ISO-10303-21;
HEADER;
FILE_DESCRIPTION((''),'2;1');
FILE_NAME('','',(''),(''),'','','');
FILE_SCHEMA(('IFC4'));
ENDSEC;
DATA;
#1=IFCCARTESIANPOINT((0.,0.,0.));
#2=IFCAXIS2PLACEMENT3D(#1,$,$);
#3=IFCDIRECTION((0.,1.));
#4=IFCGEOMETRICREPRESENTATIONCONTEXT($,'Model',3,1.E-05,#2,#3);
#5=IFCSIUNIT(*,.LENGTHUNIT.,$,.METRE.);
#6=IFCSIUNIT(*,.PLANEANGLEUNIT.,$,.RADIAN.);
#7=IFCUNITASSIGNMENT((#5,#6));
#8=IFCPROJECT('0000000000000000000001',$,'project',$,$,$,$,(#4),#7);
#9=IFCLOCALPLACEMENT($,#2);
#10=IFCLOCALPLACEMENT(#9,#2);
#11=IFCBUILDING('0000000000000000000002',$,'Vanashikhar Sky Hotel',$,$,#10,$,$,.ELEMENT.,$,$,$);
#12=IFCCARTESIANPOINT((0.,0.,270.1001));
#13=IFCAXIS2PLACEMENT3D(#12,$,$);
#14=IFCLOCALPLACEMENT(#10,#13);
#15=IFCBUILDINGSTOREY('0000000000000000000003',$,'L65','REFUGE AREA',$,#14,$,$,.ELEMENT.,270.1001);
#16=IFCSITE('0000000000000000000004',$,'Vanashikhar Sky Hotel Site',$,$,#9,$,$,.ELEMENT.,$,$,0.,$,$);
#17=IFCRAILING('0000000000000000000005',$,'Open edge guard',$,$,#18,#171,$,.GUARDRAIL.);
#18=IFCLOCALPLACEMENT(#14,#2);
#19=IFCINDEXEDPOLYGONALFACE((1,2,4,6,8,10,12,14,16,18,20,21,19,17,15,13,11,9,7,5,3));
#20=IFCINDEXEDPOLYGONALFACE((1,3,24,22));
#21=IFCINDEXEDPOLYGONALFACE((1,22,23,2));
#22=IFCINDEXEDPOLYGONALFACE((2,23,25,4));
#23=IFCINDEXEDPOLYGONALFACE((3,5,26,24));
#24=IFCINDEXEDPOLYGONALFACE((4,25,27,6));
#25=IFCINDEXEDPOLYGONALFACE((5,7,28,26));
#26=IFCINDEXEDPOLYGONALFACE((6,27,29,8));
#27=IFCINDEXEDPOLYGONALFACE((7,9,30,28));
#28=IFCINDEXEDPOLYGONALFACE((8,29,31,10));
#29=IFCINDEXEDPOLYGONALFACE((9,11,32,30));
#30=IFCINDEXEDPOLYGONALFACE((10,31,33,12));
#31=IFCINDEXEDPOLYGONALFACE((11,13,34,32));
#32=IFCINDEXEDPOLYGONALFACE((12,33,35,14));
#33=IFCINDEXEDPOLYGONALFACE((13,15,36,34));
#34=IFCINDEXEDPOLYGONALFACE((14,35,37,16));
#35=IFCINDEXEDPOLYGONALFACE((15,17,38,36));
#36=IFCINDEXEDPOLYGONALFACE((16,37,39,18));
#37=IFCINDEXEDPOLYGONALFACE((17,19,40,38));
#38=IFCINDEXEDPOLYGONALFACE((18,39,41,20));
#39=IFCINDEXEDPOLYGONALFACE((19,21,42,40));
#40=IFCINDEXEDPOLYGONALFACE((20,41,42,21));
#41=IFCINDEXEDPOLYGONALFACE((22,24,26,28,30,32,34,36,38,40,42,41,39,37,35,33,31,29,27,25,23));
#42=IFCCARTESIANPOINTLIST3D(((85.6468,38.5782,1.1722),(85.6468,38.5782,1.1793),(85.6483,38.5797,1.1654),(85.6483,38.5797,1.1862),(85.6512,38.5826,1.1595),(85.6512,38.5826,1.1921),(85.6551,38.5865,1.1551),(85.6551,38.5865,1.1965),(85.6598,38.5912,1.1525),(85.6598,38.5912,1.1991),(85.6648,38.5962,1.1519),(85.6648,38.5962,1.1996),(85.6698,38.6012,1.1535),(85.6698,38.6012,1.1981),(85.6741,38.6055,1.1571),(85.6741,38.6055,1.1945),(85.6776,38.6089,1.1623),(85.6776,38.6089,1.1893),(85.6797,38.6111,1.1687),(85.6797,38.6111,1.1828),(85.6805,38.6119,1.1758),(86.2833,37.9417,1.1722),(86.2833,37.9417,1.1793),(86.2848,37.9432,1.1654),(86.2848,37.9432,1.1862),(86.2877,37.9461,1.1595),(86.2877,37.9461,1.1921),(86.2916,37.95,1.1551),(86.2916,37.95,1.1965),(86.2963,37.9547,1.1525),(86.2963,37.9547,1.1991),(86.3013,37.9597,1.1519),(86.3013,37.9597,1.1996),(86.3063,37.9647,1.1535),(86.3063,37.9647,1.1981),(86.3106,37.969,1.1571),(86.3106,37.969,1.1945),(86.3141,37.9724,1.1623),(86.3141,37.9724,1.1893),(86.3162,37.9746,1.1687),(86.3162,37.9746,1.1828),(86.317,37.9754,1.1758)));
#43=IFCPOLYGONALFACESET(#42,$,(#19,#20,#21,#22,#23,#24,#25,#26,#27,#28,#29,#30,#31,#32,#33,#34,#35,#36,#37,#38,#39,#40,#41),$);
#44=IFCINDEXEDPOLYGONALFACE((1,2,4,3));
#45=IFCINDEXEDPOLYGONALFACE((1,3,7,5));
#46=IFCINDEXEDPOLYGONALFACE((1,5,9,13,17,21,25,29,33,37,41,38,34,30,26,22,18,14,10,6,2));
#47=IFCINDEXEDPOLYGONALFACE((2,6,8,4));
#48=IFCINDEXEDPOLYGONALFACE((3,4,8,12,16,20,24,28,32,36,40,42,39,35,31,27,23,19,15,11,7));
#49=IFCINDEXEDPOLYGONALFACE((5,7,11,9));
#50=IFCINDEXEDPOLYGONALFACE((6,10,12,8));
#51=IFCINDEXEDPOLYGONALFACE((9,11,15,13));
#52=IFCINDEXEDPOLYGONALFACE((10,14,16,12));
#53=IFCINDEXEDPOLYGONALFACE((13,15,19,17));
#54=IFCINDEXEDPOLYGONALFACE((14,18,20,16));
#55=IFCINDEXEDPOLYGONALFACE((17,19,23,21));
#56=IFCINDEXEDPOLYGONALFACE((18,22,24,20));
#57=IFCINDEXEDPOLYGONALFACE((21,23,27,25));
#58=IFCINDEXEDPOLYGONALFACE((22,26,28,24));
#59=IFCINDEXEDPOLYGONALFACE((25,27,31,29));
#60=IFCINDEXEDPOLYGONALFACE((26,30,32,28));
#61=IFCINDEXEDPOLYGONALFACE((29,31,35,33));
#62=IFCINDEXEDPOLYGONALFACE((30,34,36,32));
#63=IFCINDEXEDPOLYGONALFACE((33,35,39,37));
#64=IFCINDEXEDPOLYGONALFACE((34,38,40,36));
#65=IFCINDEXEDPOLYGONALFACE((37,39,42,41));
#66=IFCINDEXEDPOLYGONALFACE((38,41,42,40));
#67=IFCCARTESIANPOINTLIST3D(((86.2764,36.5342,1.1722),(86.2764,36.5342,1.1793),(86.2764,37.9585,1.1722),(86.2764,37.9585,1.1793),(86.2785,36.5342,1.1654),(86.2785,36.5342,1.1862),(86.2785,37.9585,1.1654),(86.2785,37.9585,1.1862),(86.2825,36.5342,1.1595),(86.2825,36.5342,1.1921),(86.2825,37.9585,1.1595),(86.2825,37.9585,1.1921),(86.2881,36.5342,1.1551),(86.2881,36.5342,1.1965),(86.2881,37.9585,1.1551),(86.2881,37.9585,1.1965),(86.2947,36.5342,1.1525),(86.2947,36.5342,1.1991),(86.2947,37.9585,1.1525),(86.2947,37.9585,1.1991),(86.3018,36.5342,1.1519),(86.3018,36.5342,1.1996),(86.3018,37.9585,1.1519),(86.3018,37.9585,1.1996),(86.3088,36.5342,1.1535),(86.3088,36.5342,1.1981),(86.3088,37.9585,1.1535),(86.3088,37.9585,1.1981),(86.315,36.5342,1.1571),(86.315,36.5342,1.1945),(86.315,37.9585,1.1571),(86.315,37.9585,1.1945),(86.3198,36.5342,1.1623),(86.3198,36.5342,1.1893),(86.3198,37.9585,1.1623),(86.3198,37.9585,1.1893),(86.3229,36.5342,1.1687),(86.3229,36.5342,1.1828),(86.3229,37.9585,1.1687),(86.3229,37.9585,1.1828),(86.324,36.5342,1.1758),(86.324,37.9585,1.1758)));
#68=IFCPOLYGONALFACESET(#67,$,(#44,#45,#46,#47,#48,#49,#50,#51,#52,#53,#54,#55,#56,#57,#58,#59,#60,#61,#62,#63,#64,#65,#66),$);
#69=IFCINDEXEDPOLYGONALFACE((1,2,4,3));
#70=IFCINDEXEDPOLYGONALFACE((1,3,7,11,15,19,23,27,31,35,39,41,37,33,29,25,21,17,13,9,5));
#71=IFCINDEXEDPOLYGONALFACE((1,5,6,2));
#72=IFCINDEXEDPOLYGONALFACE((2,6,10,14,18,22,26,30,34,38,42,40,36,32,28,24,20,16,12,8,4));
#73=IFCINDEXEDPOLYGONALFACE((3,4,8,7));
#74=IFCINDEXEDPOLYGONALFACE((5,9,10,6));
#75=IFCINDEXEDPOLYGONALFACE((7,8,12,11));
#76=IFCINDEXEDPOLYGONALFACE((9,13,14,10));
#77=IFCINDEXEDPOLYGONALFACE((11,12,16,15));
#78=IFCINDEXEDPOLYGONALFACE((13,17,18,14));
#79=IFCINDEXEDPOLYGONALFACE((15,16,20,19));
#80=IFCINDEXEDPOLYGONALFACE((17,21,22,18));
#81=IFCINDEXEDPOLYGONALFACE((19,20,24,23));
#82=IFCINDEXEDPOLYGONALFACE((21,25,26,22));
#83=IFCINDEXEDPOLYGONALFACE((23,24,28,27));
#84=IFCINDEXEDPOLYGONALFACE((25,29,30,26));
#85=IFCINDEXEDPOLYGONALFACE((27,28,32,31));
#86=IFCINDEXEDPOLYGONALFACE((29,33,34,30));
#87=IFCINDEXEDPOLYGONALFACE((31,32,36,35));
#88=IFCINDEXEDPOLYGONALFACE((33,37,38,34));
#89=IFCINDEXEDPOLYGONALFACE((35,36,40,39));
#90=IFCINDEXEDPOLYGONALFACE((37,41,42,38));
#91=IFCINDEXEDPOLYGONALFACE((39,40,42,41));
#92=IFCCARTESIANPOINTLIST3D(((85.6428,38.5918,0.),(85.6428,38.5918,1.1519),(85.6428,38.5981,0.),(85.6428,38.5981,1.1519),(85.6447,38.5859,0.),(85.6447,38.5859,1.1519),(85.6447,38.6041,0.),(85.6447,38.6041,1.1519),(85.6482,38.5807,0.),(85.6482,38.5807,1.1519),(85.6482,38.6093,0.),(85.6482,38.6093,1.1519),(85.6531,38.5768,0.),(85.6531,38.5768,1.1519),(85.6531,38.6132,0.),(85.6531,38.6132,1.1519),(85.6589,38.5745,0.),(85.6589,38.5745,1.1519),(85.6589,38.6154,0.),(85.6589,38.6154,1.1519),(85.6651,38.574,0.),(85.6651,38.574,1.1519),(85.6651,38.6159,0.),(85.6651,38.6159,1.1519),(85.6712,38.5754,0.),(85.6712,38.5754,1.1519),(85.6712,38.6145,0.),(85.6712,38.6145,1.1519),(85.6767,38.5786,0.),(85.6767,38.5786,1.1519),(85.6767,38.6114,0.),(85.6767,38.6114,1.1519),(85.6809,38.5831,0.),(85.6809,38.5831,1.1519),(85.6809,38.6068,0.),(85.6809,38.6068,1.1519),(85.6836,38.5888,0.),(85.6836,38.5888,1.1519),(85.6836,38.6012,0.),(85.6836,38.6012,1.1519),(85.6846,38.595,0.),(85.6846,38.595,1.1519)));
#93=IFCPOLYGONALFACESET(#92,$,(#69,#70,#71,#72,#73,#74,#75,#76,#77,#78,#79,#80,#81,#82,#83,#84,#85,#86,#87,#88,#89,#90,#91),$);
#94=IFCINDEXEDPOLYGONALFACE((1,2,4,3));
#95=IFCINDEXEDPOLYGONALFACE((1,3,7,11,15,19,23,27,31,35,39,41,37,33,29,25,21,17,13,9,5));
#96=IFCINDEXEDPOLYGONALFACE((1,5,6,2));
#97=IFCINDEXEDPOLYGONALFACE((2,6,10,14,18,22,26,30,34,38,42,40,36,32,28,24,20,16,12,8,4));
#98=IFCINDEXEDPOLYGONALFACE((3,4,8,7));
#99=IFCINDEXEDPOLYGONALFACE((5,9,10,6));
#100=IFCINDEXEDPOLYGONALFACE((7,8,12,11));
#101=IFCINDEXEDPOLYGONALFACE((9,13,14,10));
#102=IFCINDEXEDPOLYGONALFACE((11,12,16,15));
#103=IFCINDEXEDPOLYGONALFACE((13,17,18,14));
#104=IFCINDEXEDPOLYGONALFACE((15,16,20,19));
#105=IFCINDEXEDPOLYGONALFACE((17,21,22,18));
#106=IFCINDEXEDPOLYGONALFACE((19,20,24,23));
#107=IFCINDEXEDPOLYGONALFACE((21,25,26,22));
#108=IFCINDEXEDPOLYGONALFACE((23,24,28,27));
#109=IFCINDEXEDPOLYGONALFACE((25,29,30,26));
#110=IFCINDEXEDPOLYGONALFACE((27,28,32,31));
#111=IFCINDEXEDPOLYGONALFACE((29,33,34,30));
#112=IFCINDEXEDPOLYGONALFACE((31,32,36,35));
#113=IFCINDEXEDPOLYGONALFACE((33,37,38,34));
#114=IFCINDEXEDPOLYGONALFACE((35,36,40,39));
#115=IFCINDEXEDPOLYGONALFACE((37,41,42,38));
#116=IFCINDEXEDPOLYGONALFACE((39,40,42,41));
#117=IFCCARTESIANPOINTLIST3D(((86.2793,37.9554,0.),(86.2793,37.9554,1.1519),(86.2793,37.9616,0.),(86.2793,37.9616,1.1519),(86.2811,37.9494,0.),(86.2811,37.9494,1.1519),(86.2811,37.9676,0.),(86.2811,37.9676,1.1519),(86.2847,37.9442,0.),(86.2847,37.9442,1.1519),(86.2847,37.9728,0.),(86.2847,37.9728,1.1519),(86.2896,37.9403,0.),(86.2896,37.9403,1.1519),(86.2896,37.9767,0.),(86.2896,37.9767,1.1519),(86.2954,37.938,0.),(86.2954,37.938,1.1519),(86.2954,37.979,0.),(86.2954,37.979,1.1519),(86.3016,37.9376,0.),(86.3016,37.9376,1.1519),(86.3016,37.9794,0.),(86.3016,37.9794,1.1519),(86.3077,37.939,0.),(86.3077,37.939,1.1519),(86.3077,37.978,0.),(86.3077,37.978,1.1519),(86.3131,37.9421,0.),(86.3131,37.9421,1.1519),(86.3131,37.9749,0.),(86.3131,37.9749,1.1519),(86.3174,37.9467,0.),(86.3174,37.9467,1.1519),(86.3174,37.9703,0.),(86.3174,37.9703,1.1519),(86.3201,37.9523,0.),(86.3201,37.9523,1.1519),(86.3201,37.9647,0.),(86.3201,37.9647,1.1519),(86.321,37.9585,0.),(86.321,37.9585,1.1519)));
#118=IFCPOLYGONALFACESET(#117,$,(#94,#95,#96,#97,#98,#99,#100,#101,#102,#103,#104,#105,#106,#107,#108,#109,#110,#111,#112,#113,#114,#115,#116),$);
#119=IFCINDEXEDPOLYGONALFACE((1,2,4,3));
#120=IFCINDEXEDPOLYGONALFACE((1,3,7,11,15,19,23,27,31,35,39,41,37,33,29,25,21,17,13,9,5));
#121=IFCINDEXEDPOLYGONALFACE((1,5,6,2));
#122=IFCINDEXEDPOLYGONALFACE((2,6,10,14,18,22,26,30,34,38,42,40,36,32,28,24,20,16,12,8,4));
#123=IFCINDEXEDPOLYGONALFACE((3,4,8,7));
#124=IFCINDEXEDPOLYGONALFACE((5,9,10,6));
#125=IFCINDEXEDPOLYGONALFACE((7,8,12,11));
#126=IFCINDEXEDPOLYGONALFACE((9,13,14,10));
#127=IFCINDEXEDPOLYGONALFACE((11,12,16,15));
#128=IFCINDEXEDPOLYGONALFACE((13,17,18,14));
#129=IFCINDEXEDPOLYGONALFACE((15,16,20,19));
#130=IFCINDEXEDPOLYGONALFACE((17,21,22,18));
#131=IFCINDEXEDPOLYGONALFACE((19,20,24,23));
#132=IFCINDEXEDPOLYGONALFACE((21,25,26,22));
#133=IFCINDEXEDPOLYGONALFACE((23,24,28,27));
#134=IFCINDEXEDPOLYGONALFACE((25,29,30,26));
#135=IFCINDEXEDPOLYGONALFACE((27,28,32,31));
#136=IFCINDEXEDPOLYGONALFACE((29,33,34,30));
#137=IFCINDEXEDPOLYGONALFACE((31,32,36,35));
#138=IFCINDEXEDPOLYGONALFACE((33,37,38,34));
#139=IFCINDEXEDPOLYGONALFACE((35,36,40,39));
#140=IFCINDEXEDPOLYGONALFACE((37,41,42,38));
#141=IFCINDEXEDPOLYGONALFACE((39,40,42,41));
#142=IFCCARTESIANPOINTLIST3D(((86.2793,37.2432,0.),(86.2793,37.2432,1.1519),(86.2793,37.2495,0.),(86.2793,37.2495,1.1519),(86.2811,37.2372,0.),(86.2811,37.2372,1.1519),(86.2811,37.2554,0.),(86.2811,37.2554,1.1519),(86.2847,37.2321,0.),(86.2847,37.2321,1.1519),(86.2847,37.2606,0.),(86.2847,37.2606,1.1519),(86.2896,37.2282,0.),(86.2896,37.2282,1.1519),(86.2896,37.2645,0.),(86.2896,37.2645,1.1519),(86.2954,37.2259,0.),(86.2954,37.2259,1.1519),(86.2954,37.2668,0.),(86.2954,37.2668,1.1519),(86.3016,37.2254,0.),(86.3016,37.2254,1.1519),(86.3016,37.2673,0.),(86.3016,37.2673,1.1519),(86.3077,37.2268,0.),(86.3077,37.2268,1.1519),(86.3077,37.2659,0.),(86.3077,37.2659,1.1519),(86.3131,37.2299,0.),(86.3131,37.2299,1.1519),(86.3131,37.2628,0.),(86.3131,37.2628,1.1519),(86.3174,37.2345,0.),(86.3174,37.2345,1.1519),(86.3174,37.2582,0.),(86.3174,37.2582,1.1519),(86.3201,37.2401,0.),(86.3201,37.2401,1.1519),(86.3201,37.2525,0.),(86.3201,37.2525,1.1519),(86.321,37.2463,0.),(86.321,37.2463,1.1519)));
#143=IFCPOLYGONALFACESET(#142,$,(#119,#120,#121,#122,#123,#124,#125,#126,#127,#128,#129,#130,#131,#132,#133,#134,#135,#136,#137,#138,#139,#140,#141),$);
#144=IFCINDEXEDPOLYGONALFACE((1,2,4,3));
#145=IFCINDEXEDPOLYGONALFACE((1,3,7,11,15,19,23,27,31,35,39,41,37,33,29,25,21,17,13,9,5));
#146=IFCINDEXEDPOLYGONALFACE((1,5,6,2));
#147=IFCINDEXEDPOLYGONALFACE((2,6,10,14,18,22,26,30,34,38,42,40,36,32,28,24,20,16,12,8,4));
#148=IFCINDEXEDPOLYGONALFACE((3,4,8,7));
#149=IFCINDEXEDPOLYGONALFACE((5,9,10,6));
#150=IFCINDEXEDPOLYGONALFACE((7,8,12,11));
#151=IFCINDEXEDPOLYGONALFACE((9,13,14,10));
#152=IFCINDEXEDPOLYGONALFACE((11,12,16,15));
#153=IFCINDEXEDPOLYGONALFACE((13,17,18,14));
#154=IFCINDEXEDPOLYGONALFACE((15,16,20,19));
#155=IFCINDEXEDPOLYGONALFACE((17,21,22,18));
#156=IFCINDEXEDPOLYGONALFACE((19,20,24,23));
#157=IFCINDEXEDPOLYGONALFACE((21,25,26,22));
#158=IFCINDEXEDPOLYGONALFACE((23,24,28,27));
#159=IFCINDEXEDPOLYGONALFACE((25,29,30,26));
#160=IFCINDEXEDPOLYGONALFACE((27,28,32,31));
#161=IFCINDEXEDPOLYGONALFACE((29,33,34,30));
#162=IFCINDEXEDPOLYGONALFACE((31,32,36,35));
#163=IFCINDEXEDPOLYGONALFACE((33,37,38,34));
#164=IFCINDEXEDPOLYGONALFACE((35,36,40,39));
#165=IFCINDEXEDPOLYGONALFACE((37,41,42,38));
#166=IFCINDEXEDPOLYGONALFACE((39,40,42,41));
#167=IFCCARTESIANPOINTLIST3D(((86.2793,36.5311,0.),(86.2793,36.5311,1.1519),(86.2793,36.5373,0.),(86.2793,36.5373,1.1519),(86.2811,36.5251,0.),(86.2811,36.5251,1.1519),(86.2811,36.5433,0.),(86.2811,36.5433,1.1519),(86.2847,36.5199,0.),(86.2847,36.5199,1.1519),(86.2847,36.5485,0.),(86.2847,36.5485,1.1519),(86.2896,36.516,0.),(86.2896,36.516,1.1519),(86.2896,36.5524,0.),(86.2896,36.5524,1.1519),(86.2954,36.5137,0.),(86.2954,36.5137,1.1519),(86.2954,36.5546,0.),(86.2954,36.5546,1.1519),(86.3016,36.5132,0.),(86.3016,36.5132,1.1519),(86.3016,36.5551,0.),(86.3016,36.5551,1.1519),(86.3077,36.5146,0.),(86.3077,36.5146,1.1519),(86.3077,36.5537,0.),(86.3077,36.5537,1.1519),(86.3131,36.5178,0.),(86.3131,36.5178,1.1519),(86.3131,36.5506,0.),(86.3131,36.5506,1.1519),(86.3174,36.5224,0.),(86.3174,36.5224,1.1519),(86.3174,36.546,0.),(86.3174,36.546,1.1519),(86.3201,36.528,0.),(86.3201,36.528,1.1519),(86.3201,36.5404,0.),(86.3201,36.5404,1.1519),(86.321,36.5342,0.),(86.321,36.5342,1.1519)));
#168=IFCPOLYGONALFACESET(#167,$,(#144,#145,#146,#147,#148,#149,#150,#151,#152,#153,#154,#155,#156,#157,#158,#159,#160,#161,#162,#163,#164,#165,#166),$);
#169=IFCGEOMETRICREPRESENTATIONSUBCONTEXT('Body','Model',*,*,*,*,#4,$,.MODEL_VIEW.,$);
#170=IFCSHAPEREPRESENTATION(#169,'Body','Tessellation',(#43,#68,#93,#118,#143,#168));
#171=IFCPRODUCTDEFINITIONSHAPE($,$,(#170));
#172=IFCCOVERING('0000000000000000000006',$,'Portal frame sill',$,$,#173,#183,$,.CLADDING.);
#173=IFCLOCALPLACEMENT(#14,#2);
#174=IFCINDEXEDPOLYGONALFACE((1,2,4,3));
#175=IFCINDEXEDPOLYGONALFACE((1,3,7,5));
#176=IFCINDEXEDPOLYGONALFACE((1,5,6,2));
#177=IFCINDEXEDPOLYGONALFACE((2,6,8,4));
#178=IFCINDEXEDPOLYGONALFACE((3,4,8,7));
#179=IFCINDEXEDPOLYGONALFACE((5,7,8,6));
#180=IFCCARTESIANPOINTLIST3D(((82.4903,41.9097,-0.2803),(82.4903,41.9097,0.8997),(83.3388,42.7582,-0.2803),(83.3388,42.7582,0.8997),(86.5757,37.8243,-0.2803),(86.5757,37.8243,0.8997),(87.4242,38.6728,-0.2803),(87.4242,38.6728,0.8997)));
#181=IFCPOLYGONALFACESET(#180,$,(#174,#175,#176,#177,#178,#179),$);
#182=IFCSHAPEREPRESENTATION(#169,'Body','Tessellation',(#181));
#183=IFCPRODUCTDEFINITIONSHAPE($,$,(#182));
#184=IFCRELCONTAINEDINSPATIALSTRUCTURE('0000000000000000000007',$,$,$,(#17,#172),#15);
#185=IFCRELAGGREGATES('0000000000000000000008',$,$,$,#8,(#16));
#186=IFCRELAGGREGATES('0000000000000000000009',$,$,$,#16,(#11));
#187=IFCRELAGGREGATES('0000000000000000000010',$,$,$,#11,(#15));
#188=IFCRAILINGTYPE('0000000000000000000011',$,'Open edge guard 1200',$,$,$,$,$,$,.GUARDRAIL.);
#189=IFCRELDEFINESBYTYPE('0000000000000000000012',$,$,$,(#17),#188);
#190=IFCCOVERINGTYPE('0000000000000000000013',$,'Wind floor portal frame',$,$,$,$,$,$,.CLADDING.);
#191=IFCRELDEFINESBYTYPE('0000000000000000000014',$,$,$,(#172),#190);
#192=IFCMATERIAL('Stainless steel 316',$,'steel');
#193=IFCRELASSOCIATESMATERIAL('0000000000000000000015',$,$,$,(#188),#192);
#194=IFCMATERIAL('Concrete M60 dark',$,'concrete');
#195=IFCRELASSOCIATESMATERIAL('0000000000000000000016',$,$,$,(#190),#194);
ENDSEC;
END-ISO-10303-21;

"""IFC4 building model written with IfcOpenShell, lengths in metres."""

from ifc_helpers import new_model, si_unit, direction, frame, origin, origin_2d, place, context, subcontext, project, spatial, rectangle, circle, extrude, source, transform, mapped, material, type_object, element, save


model = new_model("IFC4")

# Units and contexts
model_context = context("Model", 3, precision=1e-05, world=origin(), true_north=direction((0.0, 1.0)))
body_context = subcontext(model_context, "Body", "Model", "MODEL_VIEW")
ifc_project = project(units=[si_unit("LENGTHUNIT", "METRE"), si_unit("PLANEANGLEUNIT", "RADIAN")], contexts=[model_context])

# Site, building, storey
site_placement = place(None, origin())
site = spatial("IfcSite", under=ifc_project, at=site_placement, Name="Vanashikhar Sky Hotel Site", CompositionType="ELEMENT", RefElevation=0.0)
building_placement = place(site_placement, origin())
building = spatial("IfcBuilding", under=site, at=building_placement, Name="Vanashikhar Sky Hotel", CompositionType="ELEMENT")
storey_placement = place(building_placement, frame((0.0, 0.0, 270.1001)))
storey = spatial("IfcBuildingStorey", under=building, at=storey_placement, Name="L65", Description="REFUGE AREA", CompositionType="ELEMENT", Elevation=270.1001)

# Shared definitions
ifc_material_1 = material(Name="Stainless steel 316", Category="steel")
railing_type = type_object("IfcRailingType", Name="Open edge guard 1200", PredefinedType="GUARDRAIL", material=ifc_material_1)

# Shared definitions
ifc_material_2 = material(Name="Concrete M60 dark", Category="concrete")
covering_type = type_object("IfcCoveringType", Name="Wind floor portal frame", PredefinedType="CLADDING", material=ifc_material_2)

# Railing
shared_shape_1 = source(origin(), body_context, "Body", "SweptSolid", [
    extrude(circle(Radius=0.0239, at=origin_2d()), frame((0.0, 0.0, 1.1758), z_axis=(0.707107, -0.707107, 0.0), x_axis=(0.707107, 0.707107, 0.0)), (0.0, 0.0, 1.0), 0.9001),
    extrude(circle(Radius=0.0239, at=origin_2d()), frame((0.6365, -0.6365, 1.1758), z_axis=(0.0, -1.0, 0.0), x_axis=(1.0, 0.0, 0.0)), (0.0, 0.0, 1.0), 1.4243),
    extrude(circle(Radius=0.021, at=origin_2d()), origin(), (0.0, 0.0, 1.0), 1.1519),
    extrude(circle(Radius=0.021, at=origin_2d()), frame((0.6365, -0.6365, 0.0)), (0.0, 0.0, 1.0), 1.1519),
    extrude(circle(Radius=0.021, at=origin_2d()), frame((0.6365, -1.3486, 0.0)), (0.0, 0.0, 1.0), 1.1519),
    extrude(circle(Radius=0.021, at=origin_2d()), frame((0.6365, -2.0608, 0.0)), (0.0, 0.0, 1.0), 1.1519),
])
railing_1_placement = place(storey_placement, frame((85.6636, 38.595, 0.0)))
element("IfcRailing", 1, at=railing_1_placement, inside=storey, type_object=railing_type, Name="Open edge guard", PredefinedType="GUARDRAIL", context=body_context, shape_type="MappedRepresentation", body=[
    mapped(shared_shape_1, transform((0.0, 0.0, 0.0), scale=1.0)),
])

# Covering
shared_shape_2 = source(origin(), body_context, "Body", "SweptSolid", [
    extrude(rectangle(XDim=5.7776, YDim=1.2, at=origin_2d()), origin(), (0.0, 0.0, 1.0), 1.1799),
])
covering_1_placement = place(storey_placement, frame((84.9573, 40.2913, -0.2803), z_axis=(0.0, 0.0, 1.0), x_axis=(-0.707107, 0.707107, 0.0)))
element("IfcCovering", 2, at=covering_1_placement, inside=storey, type_object=covering_type, Name="Portal frame sill", PredefinedType="CLADDING", context=body_context, shape_type="MappedRepresentation", body=[
    mapped(shared_shape_2, transform((0.0, 0.0, 0.0), scale=1.0)),
])

save(model, "model.ifc")
